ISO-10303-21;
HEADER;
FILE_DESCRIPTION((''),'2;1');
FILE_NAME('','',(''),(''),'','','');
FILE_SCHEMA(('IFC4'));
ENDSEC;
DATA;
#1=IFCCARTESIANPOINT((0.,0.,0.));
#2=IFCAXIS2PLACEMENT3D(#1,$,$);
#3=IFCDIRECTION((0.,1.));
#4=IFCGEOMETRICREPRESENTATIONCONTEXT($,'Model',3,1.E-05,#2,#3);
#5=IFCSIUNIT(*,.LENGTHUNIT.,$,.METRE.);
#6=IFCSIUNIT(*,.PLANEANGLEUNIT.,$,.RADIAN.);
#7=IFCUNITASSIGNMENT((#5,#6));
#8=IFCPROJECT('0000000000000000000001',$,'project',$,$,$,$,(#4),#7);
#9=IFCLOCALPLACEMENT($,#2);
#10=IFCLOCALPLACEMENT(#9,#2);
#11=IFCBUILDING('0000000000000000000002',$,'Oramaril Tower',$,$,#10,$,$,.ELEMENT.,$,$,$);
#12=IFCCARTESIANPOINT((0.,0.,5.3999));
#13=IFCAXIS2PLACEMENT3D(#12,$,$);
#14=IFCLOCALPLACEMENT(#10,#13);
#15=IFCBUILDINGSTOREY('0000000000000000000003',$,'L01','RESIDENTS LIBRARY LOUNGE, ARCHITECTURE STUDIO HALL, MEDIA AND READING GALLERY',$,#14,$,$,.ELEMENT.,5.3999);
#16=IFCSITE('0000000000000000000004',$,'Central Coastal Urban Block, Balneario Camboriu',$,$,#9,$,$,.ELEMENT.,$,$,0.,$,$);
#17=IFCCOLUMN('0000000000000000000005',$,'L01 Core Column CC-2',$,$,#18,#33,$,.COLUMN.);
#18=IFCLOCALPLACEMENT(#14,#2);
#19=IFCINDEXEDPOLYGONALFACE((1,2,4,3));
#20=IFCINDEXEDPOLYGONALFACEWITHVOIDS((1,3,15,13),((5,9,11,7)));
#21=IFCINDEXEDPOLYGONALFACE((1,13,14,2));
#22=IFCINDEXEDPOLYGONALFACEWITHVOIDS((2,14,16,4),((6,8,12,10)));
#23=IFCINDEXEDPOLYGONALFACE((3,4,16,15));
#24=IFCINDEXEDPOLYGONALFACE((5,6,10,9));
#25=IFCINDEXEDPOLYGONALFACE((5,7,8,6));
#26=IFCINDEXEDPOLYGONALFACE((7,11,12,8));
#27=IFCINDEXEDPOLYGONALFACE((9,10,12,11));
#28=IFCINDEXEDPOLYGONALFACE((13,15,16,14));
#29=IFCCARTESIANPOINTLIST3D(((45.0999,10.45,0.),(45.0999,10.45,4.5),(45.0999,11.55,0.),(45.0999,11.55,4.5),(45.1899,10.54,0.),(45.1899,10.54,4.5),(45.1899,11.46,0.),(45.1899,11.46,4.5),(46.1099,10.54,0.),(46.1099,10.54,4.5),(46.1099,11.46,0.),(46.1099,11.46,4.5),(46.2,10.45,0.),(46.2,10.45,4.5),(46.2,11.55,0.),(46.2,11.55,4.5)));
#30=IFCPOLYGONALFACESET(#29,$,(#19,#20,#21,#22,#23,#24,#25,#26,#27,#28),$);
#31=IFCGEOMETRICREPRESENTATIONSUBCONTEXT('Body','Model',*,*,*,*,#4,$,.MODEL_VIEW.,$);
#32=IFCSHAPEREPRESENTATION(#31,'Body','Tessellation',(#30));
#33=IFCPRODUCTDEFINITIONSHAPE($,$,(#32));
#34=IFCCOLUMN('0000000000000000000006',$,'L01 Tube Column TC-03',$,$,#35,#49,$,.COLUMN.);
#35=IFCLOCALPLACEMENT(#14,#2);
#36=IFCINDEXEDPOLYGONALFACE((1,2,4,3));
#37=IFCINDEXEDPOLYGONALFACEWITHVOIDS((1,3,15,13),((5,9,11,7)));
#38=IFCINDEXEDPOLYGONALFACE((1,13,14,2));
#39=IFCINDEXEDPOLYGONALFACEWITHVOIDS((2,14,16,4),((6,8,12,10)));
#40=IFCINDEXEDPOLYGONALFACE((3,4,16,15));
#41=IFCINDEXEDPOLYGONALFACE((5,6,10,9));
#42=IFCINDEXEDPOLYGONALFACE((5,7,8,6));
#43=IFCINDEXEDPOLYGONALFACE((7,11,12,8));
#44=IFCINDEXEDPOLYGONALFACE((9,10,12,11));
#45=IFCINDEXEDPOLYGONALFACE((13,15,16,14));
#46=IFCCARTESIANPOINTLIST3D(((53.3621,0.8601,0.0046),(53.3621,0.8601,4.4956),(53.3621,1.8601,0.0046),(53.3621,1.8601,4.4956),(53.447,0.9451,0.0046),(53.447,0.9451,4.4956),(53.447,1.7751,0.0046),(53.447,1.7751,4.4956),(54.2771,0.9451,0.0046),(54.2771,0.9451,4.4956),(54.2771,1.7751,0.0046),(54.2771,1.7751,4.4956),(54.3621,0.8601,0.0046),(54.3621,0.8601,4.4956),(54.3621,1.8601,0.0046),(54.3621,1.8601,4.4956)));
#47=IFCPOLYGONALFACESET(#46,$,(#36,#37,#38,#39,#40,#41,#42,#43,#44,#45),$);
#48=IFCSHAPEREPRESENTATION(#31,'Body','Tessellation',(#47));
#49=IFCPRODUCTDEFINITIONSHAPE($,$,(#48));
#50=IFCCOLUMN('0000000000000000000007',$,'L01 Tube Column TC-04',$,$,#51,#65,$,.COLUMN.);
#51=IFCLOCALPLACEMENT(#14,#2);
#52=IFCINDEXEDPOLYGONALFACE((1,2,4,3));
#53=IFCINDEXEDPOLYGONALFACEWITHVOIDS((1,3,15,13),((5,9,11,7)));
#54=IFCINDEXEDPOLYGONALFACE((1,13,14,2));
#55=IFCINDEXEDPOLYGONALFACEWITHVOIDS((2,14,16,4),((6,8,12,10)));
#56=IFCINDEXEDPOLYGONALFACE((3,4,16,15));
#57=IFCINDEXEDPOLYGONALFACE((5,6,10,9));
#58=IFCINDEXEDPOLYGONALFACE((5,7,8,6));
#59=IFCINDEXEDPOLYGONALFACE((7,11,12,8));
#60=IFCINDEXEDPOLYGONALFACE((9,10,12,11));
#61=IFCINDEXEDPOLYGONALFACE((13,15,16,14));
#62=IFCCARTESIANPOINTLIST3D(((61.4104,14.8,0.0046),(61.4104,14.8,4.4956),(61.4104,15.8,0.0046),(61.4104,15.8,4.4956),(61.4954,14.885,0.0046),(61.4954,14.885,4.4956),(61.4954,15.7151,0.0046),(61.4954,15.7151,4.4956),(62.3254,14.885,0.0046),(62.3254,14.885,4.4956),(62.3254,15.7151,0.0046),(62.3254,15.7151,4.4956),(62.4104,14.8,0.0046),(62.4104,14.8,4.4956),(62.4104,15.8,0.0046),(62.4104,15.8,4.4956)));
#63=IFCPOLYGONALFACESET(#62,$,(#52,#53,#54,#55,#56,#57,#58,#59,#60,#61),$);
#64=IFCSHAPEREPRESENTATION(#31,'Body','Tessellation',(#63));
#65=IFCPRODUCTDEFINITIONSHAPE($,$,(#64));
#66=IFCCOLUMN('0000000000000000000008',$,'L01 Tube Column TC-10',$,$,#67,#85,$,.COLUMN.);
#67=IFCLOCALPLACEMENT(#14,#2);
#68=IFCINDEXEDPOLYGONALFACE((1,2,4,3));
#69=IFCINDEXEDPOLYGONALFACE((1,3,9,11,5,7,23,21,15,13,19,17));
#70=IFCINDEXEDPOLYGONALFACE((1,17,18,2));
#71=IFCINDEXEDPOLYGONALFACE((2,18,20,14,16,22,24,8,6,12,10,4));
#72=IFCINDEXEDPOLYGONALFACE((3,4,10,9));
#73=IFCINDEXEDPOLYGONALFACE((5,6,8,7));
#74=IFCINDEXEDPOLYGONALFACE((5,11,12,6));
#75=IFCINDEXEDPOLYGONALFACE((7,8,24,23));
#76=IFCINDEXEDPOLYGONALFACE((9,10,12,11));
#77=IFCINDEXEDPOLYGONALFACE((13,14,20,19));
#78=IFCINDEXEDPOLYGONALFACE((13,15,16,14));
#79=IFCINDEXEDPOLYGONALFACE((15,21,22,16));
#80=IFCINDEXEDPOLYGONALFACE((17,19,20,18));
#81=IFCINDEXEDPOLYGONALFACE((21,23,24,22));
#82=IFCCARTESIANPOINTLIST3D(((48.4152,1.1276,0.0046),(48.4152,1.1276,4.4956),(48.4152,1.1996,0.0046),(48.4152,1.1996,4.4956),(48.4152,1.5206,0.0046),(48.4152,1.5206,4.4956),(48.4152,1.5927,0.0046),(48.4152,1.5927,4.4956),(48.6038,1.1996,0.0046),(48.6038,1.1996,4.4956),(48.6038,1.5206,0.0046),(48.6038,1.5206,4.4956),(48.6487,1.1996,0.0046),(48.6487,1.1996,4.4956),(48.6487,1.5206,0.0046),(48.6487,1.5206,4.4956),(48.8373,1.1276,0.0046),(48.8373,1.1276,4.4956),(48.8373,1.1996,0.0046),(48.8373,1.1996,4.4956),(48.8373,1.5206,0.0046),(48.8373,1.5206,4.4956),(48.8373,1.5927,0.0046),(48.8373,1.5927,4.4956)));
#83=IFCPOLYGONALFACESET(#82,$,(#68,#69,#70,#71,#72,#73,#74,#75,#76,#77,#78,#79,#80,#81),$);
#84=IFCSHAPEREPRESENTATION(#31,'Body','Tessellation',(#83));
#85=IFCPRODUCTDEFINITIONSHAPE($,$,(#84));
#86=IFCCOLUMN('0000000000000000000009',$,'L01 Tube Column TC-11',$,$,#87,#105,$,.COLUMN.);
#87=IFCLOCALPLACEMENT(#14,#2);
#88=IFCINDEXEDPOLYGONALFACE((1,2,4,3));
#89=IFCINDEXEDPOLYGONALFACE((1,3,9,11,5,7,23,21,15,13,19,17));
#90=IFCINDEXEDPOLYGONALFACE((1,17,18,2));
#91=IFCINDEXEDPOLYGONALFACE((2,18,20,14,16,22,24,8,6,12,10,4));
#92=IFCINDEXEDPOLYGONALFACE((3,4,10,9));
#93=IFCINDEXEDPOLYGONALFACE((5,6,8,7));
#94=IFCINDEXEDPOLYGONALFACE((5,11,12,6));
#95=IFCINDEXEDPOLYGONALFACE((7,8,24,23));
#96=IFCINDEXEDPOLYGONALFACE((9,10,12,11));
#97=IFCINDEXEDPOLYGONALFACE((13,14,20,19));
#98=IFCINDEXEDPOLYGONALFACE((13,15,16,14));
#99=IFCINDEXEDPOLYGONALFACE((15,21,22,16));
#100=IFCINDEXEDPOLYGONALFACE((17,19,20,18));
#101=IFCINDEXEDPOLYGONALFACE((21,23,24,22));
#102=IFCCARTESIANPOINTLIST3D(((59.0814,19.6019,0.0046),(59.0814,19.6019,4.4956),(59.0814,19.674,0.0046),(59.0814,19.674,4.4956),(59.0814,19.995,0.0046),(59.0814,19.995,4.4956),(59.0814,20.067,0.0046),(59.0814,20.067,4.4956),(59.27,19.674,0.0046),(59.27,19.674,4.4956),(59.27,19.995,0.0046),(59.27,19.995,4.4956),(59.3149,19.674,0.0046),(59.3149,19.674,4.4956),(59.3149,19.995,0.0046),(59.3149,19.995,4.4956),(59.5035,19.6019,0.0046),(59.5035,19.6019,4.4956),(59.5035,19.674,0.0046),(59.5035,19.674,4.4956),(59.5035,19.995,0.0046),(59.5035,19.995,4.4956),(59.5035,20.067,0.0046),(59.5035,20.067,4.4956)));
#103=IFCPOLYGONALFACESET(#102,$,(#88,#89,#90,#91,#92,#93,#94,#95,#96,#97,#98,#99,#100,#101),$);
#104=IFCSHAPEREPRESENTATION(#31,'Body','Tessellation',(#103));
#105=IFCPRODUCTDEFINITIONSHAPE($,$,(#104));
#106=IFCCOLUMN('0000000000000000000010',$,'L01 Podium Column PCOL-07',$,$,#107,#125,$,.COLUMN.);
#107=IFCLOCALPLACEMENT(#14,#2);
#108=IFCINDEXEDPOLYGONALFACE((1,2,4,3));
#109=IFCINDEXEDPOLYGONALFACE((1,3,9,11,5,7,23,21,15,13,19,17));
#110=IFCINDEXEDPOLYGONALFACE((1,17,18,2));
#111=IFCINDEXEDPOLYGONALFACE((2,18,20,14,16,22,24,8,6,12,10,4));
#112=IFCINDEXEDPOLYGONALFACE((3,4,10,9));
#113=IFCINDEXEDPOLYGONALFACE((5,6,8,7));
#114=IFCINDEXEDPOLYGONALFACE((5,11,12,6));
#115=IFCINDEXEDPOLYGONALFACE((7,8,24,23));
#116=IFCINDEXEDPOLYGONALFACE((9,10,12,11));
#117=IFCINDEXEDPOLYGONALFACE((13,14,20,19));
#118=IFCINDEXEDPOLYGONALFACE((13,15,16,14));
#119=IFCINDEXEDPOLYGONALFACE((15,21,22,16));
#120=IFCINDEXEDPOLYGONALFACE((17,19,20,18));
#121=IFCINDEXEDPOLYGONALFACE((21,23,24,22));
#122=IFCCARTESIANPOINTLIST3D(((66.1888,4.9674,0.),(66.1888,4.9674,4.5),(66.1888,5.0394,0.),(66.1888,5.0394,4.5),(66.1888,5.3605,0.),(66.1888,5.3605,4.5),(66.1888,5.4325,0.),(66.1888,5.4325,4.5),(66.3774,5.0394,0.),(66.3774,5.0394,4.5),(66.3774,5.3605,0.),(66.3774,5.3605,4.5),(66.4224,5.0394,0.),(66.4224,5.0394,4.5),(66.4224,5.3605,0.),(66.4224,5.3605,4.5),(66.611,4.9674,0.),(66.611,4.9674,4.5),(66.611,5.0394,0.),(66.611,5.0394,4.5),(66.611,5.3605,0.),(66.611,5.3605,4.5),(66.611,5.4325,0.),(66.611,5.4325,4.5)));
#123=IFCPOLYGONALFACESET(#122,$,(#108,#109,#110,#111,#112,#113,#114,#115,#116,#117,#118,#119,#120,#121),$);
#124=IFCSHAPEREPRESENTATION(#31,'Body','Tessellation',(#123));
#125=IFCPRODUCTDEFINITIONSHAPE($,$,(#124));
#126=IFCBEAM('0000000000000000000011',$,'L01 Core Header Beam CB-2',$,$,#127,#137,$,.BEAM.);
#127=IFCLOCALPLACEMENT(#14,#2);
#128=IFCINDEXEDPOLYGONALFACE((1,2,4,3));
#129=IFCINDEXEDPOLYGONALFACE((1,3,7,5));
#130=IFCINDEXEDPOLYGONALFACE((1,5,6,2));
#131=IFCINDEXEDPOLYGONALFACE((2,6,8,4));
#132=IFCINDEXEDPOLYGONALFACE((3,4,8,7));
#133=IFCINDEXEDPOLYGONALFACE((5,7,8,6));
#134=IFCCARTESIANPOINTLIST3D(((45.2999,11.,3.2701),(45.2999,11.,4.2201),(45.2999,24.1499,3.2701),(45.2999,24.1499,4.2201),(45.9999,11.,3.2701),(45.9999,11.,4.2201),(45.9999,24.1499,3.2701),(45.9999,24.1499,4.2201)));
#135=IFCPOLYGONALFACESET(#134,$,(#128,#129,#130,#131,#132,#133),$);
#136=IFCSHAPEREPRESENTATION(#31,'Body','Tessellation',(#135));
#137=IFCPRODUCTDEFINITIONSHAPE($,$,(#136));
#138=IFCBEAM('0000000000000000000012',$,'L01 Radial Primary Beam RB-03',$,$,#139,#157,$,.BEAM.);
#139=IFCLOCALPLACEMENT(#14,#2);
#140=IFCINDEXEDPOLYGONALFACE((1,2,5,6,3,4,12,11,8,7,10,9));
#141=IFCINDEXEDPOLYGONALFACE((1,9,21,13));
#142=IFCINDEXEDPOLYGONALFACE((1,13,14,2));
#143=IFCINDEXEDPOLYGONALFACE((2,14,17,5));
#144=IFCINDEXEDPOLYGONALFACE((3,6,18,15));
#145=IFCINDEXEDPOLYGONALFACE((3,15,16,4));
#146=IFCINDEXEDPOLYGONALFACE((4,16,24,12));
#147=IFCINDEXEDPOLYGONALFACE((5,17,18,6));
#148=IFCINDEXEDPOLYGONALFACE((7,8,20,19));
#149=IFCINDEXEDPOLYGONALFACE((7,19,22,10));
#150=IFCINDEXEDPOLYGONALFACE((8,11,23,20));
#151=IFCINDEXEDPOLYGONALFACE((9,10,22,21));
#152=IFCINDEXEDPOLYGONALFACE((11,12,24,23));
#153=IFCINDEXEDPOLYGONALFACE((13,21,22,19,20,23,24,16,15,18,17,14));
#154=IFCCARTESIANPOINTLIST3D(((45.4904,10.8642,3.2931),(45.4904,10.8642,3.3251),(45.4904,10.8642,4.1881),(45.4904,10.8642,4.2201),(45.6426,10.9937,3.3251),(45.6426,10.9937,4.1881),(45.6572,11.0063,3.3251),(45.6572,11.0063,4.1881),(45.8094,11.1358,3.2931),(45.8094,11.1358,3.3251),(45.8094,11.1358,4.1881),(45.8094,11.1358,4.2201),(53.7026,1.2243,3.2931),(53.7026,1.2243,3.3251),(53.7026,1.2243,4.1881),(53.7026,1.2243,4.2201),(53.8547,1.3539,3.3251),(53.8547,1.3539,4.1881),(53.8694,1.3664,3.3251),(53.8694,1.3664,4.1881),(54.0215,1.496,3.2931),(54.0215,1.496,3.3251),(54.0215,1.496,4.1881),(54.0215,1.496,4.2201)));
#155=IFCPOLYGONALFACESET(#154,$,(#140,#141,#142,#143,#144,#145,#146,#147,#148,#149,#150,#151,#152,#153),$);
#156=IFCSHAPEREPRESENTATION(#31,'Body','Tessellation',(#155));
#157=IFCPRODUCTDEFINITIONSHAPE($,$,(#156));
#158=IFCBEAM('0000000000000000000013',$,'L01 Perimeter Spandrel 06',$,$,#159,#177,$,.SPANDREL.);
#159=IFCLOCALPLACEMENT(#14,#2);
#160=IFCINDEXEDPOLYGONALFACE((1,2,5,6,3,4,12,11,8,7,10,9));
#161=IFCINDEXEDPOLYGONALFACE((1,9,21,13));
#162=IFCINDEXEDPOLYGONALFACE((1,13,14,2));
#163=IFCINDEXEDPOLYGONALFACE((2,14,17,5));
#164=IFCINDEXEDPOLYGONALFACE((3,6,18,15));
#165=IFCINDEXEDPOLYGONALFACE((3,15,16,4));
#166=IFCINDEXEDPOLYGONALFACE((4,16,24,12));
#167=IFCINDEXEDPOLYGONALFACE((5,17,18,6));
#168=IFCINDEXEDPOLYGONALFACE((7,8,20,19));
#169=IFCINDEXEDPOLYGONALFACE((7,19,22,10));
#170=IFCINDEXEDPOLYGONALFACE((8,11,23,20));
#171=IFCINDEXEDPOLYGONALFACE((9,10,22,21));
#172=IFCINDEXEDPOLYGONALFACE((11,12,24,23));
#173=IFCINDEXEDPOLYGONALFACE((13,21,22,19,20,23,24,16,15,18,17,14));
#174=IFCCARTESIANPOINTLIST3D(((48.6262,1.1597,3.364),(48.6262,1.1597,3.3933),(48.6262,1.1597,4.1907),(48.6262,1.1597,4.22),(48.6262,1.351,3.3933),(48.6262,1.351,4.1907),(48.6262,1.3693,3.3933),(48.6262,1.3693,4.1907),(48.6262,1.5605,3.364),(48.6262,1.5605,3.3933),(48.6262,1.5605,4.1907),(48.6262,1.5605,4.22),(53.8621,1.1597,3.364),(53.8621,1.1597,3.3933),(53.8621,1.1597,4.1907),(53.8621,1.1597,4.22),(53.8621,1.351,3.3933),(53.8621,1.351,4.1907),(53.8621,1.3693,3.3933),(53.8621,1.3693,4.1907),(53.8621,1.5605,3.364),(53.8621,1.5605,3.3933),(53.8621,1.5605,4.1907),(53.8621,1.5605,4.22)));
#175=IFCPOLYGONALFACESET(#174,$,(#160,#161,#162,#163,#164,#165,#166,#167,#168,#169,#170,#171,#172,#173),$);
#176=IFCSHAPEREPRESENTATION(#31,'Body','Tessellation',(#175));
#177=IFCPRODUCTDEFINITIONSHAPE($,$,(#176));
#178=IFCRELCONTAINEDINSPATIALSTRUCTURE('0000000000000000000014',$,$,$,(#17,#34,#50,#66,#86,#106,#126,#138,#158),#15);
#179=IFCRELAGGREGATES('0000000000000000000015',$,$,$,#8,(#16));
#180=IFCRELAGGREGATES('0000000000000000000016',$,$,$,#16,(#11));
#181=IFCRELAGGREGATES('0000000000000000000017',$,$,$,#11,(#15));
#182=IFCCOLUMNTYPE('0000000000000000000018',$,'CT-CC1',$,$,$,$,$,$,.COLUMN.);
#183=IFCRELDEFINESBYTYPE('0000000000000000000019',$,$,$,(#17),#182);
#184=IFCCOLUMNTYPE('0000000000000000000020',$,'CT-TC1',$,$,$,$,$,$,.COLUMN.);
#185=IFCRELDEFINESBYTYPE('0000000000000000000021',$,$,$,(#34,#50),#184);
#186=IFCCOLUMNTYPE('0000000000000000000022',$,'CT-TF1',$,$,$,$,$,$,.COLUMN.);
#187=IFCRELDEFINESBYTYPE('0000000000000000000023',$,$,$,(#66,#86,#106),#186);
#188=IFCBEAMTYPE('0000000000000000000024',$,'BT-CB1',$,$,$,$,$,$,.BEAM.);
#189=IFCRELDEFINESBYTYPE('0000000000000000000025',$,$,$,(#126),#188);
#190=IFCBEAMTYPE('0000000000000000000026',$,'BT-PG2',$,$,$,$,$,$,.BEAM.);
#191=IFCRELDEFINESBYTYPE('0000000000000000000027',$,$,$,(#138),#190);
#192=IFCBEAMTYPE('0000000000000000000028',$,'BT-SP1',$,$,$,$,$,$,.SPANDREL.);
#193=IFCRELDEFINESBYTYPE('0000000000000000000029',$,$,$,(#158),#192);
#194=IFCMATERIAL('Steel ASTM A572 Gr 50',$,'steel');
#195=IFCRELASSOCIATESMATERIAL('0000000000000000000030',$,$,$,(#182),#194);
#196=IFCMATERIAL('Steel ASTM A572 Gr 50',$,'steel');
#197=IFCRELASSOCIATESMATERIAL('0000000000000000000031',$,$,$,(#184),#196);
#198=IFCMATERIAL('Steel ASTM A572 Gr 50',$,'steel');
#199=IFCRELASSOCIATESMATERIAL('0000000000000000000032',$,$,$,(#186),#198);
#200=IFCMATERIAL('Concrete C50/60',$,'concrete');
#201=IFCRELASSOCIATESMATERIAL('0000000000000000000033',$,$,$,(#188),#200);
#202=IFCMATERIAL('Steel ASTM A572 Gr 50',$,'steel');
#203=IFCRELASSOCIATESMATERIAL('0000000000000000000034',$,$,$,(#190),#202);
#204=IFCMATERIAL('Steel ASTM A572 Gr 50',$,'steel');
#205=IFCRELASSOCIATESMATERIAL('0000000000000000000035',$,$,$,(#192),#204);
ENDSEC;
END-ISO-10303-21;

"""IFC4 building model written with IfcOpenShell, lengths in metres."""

from ifc_helpers import new_model, si_unit, direction, frame, origin, origin_2d, place, context, subcontext, project, spatial, rectangle, hollow_rectangle, i_section, extrude, material, material_profile, profile_set, type_object, element, save


model = new_model("IFC4")

# Units and contexts
model_context = context("Model", 3, precision=1e-05, world=origin(), true_north=direction((0.0, 1.0)))
body_context = subcontext(model_context, "Body", "Model", "MODEL_VIEW")
ifc_project = project(units=[si_unit("LENGTHUNIT", "METRE"), si_unit("PLANEANGLEUNIT", "RADIAN")], contexts=[model_context])

# Site, building, storey
site_placement = place(None, origin())
site = spatial("IfcSite", under=ifc_project, at=site_placement, Name="Central Coastal Urban Block, Balneario Camboriu", CompositionType="ELEMENT", RefElevation=0.0)
building_placement = place(site_placement, origin())
building = spatial("IfcBuilding", under=site, at=building_placement, Name="Oramaril Tower", CompositionType="ELEMENT")
storey_placement = place(building_placement, frame((0.0, 0.0, 5.3999)))
storey = spatial("IfcBuildingStorey", under=building, at=storey_placement, Name="L01", Description="RESIDENTS LIBRARY LOUNGE, ARCHITECTURE STUDIO HALL, MEDIA AND READING GALLERY", CompositionType="ELEMENT", Elevation=5.3999)

# Columns
ifc_material_1 = material(Name="Steel ASTM A572 Gr 50", Category="steel")
ifc_material_profile_1 = material_profile(ifc_material_1, hollow_rectangle(XDim=1.1001, YDim=1.1001, WallThickness=0.0901, at=origin_2d()), Name="BOX1100X1100X90")
ifc_profile_set_1 = profile_set([ifc_material_profile_1], Name="Steel ASTM A572 Gr 50")
column_type_1 = type_object("IfcColumnType", Name="CT-CC1", PredefinedType="COLUMN", material=ifc_profile_set_1)
column_1_placement = place(storey_placement, frame((45.6499, 11.0, 0.0), z_axis=(0.0, 0.0, 1.0), x_axis=(1.0, 0.0, 0.0)))
element("IfcColumn", 1, at=column_1_placement, inside=storey, type_object=column_type_1, Name="L01 Core Column CC-2", PredefinedType="COLUMN", context=body_context, shape_type="SweptSolid", body=[
    extrude(hollow_rectangle(XDim=1.1001, YDim=1.1001, WallThickness=0.0901, at=origin_2d()), origin(), (0.0, 0.0, 1.0), 4.5),
])
ifc_material_2 = material(Name="Steel ASTM A572 Gr 50", Category="steel")
ifc_material_profile_2 = material_profile(ifc_material_2, hollow_rectangle(XDim=1.0, YDim=1.0, WallThickness=0.085, at=origin_2d()), Name="BOX1000X1000X85")
ifc_profile_set_2 = profile_set([ifc_material_profile_2], Name="Steel ASTM A572 Gr 50")
column_type_2 = type_object("IfcColumnType", Name="CT-TC1", PredefinedType="COLUMN", material=ifc_profile_set_2)
for number, where, z_axis, x_axis, name in (
    (2, (53.8621, 1.3601, 0.0046), (0.0, 0.0, 1.0), (1.0, 0.0, 0.0), "L01 Tube Column TC-03"),
    (3, (61.9104, 15.3, 0.0046), (0.0, 0.0, 1.0), (1.0, 0.0, 0.0), "L01 Tube Column TC-04"),
):
    element("IfcColumn", number, at=place(storey_placement, frame(where, z_axis=z_axis, x_axis=x_axis)), inside=storey, type_object=column_type_2, Name=name, PredefinedType="COLUMN", context=body_context, shape_type="SweptSolid", body=[
        extrude(hollow_rectangle(XDim=1.0, YDim=1.0, WallThickness=0.085, at=origin_2d()), origin(), (0.0, 0.0, 1.0), 4.491),
    ])
ifc_material_3 = material(Name="Steel ASTM A572 Gr 50", Category="steel")
ifc_material_profile_3 = material_profile(ifc_material_3, i_section(OverallWidth=0.4221, OverallDepth=0.4651, WebThickness=0.0449, FlangeThickness=0.072, at=origin_2d()), Name="W14X398")
ifc_profile_set_3 = profile_set([ifc_material_profile_3], Name="Steel ASTM A572 Gr 50")
column_type_3 = type_object("IfcColumnType", Name="CT-TF1", PredefinedType="COLUMN", material=ifc_profile_set_3)
for number, where, z_axis, x_axis, name in (
    (4, (48.6262, 1.3601, 0.0046), (0.0, 0.0, 1.0), (1.0, 0.0, 0.0), "L01 Tube Column TC-10"),
    (5, (59.2925, 19.8345, 0.0046), (0.0, 0.0, 1.0), (1.0, 0.0, 0.0), "L01 Tube Column TC-11"),
):
    element("IfcColumn", number, at=place(storey_placement, frame(where, z_axis=z_axis, x_axis=x_axis)), inside=storey, type_object=column_type_3, Name=name, PredefinedType="COLUMN", context=body_context, shape_type="SweptSolid", body=[
        extrude(i_section(OverallWidth=0.4221, OverallDepth=0.4651, WebThickness=0.0449, FlangeThickness=0.072, at=origin_2d()), origin(), (0.0, 0.0, 1.0), 4.491),
    ])
column_2_placement = place(storey_placement, frame((66.3999, 5.2, 0.0), z_axis=(0.0, 0.0, 1.0), x_axis=(1.0, 0.0, 0.0)))
element("IfcColumn", 6, at=column_2_placement, inside=storey, type_object=column_type_3, Name="L01 Podium Column PCOL-07", PredefinedType="COLUMN", context=body_context, shape_type="SweptSolid", body=[
    extrude(i_section(OverallWidth=0.4221, OverallDepth=0.4651, WebThickness=0.0449, FlangeThickness=0.072, at=origin_2d()), origin(), (0.0, 0.0, 1.0), 4.5),
])

# Beams
ifc_material_4 = material(Name="Concrete C50/60", Category="concrete")
ifc_material_profile_4 = material_profile(ifc_material_4, rectangle(XDim=0.7, YDim=0.95, at=origin_2d()), Name="CB700X950")
ifc_profile_set_4 = profile_set([ifc_material_profile_4], Name="Concrete C50/60")
beam_type_1 = type_object("IfcBeamType", Name="BT-CB1", PredefinedType="BEAM", material=ifc_profile_set_4)
beam_1_placement = place(storey_placement, frame((45.6499, 11.0, 3.7451), z_axis=(0.0, 1.0, 0.0), x_axis=(-1.0, 0.0, 0.0)))
element("IfcBeam", 7, at=beam_1_placement, inside=storey, type_object=beam_type_1, Name="L01 Core Header Beam CB-2", PredefinedType="BEAM", context=body_context, shape_type="SweptSolid", body=[
    extrude(rectangle(XDim=0.7, YDim=0.95, at=origin_2d()), origin(), (0.0, 0.0, 1.0), 13.1499),
])
ifc_material_5 = material(Name="Steel ASTM A572 Gr 50", Category="steel")
ifc_material_profile_5 = material_profile(ifc_material_5, i_section(OverallWidth=0.4189, OverallDepth=0.927, WebThickness=0.0193, FlangeThickness=0.032, at=origin_2d()), Name="W36X231")
ifc_profile_set_5 = profile_set([ifc_material_profile_5], Name="Steel ASTM A572 Gr 50")
beam_type_2 = type_object("IfcBeamType", Name="BT-PG2", PredefinedType="BEAM", material=ifc_profile_set_5)
beam_2_placement = place(storey_placement, frame((45.6499, 11.0, 3.7566), z_axis=(0.648485, -0.761228, 0.0), x_axis=(0.761228, 0.648485, 0.0)))
element("IfcBeam", 8, at=beam_2_placement, inside=storey, type_object=beam_type_2, Name="L01 Radial Primary Beam RB-03", PredefinedType="BEAM", context=body_context, shape_type="SweptSolid", body=[
    extrude(i_section(OverallWidth=0.4189, OverallDepth=0.927, WebThickness=0.0193, FlangeThickness=0.032, at=origin_2d()), origin(), (0.0, 0.0, 1.0), 12.6636),
])
ifc_material_6 = material(Name="Steel ASTM A572 Gr 50", Category="steel")
ifc_material_profile_6 = material_profile(ifc_material_6, i_section(OverallWidth=0.4009, OverallDepth=0.856, WebThickness=0.0183, FlangeThickness=0.0293, at=origin_2d()), Name="W33X201")
ifc_profile_set_6 = profile_set([ifc_material_profile_6], Name="Steel ASTM A572 Gr 50")
beam_type_3 = type_object("IfcBeamType", Name="BT-SP1", PredefinedType="SPANDREL", material=ifc_profile_set_6)
beam_3_placement = place(storey_placement, frame((48.6262, 1.3601, 3.792), z_axis=(1.0, 0.0, 0.0), x_axis=(0.0, 1.0, 0.0)))
element("IfcBeam", 9, at=beam_3_placement, inside=storey, type_object=beam_type_3, Name="L01 Perimeter Spandrel 06", PredefinedType="SPANDREL", context=body_context, shape_type="SweptSolid", body=[
    extrude(i_section(OverallWidth=0.4009, OverallDepth=0.856, WebThickness=0.0183, FlangeThickness=0.0293, at=origin_2d()), origin(), (0.0, 0.0, 1.0), 5.2358),
])

save(model, "model.ifc")
